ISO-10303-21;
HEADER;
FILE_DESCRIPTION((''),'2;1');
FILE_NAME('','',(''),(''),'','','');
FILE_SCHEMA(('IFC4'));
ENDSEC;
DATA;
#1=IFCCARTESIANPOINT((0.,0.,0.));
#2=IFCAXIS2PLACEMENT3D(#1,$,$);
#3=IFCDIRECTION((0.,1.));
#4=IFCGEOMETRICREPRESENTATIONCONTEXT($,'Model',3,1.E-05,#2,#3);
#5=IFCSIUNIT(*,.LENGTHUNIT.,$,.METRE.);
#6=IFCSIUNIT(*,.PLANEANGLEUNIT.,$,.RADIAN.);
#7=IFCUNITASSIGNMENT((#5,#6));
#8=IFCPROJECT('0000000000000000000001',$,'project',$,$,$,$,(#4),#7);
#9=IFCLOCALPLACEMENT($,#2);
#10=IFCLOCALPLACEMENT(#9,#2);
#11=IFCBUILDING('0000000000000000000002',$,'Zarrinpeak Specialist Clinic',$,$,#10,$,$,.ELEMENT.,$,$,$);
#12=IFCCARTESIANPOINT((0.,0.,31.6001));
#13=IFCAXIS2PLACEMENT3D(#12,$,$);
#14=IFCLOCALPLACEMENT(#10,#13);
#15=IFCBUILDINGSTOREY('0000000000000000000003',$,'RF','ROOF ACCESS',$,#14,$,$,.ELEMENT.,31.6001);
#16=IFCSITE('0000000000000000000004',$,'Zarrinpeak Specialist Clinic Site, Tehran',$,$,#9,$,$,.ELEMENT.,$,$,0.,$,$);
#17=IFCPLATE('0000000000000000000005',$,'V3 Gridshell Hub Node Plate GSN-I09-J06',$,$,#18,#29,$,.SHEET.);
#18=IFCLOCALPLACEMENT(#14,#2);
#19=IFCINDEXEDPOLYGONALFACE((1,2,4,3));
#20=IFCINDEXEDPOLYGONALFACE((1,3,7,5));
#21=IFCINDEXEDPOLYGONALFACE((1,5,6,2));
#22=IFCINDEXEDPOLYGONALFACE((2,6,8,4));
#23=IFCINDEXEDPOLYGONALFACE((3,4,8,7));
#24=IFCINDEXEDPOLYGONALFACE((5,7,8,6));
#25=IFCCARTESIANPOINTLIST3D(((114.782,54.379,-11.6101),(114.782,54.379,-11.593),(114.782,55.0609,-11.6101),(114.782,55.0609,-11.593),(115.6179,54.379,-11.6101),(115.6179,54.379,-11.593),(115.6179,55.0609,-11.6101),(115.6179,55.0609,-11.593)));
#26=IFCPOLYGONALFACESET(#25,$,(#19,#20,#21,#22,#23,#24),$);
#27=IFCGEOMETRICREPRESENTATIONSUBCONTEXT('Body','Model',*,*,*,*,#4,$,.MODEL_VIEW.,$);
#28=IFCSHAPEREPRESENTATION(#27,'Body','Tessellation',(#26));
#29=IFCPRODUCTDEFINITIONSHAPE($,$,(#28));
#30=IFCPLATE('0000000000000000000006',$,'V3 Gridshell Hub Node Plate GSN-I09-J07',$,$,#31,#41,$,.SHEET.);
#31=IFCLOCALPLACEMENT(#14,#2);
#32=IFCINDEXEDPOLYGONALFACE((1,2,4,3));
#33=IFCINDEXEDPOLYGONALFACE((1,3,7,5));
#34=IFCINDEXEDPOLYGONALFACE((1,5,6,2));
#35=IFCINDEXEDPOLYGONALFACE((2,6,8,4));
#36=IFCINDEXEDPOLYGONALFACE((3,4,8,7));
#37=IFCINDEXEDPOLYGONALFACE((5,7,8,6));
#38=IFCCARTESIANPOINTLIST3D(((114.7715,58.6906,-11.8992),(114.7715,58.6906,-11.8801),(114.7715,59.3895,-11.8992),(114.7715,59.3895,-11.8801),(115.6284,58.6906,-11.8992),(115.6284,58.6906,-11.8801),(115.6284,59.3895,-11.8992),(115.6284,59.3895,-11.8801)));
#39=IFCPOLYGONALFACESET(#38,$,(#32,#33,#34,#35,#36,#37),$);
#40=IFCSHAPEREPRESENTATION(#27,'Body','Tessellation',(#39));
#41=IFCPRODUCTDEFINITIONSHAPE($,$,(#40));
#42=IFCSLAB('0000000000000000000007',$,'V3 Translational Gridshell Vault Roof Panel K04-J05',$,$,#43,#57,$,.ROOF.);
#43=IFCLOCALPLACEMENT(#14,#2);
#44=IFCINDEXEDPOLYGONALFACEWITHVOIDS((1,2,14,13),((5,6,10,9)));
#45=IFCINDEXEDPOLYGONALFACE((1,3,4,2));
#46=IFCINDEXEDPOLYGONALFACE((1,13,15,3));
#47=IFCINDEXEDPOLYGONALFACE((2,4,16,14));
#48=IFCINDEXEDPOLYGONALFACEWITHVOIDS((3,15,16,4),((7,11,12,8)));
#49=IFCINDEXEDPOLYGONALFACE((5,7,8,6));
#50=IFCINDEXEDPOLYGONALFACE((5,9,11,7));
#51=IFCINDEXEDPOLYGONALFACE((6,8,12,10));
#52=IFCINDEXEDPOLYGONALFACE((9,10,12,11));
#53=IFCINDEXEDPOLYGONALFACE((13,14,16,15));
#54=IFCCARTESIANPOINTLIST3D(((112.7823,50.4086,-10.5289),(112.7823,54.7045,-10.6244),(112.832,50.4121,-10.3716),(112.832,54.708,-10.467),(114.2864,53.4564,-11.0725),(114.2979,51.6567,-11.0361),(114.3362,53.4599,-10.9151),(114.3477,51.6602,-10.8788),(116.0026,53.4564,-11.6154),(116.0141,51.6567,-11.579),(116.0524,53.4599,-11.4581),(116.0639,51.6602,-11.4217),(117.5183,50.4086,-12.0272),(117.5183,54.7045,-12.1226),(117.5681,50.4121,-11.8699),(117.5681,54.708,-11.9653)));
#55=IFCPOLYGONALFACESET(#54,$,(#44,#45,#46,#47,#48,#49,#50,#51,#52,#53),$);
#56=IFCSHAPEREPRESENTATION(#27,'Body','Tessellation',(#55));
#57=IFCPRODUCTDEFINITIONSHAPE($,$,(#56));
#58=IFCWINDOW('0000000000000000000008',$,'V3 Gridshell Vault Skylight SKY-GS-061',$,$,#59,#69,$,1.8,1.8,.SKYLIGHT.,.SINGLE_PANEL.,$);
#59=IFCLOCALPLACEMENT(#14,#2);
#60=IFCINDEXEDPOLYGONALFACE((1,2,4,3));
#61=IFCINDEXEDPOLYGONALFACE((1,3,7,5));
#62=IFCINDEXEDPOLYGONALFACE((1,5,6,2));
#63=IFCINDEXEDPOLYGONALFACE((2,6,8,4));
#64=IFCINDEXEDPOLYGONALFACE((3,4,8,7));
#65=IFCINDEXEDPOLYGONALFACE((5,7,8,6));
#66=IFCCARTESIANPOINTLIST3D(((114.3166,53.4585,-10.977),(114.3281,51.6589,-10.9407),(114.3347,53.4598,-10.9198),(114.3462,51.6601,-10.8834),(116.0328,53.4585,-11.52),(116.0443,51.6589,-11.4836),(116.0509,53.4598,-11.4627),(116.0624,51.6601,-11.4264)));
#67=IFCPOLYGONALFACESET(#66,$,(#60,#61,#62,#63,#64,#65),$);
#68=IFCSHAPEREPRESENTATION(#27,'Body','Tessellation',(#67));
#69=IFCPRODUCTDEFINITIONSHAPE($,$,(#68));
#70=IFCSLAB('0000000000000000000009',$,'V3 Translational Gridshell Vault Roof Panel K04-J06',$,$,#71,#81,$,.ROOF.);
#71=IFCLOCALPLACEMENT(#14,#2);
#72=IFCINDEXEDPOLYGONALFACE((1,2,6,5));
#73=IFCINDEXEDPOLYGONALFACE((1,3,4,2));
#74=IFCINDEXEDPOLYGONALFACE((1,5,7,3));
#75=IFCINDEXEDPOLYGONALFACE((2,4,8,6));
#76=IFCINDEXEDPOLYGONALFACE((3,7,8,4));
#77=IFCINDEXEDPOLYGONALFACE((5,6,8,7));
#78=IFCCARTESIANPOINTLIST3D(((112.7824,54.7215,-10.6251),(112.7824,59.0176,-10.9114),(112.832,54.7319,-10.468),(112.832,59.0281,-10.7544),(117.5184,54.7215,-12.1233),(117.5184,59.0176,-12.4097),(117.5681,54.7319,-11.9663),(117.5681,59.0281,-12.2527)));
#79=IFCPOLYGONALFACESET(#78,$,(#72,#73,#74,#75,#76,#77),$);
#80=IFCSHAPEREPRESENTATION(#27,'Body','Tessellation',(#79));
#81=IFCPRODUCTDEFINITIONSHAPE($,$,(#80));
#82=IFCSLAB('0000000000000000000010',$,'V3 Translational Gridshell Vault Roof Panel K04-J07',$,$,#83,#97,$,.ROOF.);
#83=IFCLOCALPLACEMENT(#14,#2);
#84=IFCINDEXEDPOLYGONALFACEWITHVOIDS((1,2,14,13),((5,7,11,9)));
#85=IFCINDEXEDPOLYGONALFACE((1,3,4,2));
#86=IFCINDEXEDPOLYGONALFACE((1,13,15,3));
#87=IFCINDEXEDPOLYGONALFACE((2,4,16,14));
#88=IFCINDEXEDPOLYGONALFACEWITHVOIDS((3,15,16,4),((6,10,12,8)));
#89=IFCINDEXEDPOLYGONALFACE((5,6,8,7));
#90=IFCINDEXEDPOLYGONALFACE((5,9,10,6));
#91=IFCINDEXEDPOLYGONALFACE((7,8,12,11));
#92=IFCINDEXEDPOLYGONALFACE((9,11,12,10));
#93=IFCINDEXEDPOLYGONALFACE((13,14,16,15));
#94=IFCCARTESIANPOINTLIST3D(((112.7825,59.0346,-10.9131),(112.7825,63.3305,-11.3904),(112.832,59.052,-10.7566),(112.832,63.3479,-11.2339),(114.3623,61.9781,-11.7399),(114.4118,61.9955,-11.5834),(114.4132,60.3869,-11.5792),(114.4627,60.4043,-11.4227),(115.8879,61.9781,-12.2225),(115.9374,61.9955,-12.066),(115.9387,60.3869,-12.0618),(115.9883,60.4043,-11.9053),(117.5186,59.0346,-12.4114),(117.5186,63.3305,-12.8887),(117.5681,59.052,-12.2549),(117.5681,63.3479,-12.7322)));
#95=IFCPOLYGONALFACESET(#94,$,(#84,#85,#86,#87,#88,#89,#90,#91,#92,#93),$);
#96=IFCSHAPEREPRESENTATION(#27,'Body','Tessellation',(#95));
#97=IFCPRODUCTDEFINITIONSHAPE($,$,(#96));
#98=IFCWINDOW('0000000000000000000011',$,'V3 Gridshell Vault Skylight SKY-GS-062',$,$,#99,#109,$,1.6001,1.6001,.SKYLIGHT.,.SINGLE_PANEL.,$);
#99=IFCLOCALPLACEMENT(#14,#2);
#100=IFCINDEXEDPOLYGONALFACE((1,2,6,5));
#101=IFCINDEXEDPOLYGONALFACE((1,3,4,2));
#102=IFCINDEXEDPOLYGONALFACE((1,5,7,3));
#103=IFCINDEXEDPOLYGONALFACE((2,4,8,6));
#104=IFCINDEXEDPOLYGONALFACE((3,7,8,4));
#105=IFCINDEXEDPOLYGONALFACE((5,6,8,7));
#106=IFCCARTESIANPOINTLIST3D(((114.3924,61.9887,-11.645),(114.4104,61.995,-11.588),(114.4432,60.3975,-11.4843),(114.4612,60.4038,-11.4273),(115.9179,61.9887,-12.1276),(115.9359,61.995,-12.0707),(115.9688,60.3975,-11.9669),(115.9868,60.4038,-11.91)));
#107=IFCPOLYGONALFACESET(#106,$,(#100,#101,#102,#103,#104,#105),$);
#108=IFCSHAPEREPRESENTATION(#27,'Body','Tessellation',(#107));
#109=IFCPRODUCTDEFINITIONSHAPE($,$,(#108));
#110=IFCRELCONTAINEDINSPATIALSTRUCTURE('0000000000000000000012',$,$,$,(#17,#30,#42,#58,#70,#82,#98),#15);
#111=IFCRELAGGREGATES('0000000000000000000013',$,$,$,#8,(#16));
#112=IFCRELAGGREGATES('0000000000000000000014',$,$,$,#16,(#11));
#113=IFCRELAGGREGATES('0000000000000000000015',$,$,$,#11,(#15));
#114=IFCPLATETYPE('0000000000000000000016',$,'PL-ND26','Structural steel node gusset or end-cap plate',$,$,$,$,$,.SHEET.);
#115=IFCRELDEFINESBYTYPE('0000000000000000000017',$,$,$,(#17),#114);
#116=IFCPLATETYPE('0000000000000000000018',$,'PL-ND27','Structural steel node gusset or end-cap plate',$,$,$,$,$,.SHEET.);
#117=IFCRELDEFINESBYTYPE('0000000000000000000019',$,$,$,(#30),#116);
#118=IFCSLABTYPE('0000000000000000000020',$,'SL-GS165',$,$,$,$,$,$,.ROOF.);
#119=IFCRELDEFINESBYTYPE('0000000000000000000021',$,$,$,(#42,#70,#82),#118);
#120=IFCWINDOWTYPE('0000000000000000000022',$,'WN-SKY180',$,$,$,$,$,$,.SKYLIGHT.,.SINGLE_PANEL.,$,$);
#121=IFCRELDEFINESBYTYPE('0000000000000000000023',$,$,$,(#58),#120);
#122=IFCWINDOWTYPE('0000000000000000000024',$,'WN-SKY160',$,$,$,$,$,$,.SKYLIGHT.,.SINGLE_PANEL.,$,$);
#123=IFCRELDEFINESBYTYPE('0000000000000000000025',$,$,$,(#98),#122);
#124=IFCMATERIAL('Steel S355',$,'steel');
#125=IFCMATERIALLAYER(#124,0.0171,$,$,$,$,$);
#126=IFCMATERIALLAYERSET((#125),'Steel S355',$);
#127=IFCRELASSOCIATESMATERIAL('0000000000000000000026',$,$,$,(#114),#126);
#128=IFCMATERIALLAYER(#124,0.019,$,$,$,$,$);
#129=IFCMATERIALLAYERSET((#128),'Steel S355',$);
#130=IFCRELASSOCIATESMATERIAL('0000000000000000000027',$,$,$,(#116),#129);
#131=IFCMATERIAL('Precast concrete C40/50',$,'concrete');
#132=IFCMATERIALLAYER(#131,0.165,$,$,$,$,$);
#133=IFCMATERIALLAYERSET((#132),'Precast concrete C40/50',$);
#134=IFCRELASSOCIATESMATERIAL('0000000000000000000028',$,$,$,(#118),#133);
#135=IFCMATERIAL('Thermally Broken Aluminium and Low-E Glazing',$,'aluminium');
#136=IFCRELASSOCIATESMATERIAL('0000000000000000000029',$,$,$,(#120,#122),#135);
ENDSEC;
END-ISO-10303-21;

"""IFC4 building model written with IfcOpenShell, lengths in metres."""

from ifc_helpers import new_model, si_unit, direction, frame, origin, origin_2d, place, context, subcontext, project, spatial, polyline, rectangle, outline, extrude, material, layer, layer_set, type_object, element, fill, save


model = new_model("IFC4")

# Units and contexts
model_context = context("Model", 3, precision=1e-05, world=origin(), true_north=direction((0.0, 1.0)))
body_context = subcontext(model_context, "Body", "Model", "MODEL_VIEW")
ifc_project = project(units=[si_unit("LENGTHUNIT", "METRE"), si_unit("PLANEANGLEUNIT", "RADIAN")], contexts=[model_context])

# Site, building, storey
site_placement = place(None, origin())
site = spatial("IfcSite", under=ifc_project, at=site_placement, Name="Zarrinpeak Specialist Clinic Site, Tehran", CompositionType="ELEMENT", RefElevation=0.0)
building_placement = place(site_placement, origin())
building = spatial("IfcBuilding", under=site, at=building_placement, Name="Zarrinpeak Specialist Clinic", CompositionType="ELEMENT")
storey_placement = place(building_placement, frame((0.0, 0.0, 31.6001)))
storey = spatial("IfcBuildingStorey", under=building, at=storey_placement, Name="RF", Description="ROOF ACCESS", CompositionType="ELEMENT", Elevation=31.6001)

# Shared definitions
ifc_material_1 = material(Name="Steel S355", Category="steel")

# Plates
ifc_layer_1 = layer(ifc_material_1, 0.0171)
ifc_layer_set_1 = layer_set([ifc_layer_1], Name="Steel S355")
plate_type_1 = type_object("IfcPlateType", Name="PL-ND26", Description="Structural steel node gusset or end-cap plate", PredefinedType="SHEET", material=ifc_layer_set_1)
plate_1_placement = place(storey_placement, frame((115.2, 54.72, -11.6101), z_axis=(0.0, 0.0, 1.0), x_axis=(1.0, 0.0, 0.0)))
element("IfcPlate", 1, at=plate_1_placement, inside=storey, type_object=plate_type_1, Name="V3 Gridshell Hub Node Plate GSN-I09-J06", PredefinedType="SHEET", context=body_context, shape_type="SweptSolid", body=[
    extrude(rectangle(XDim=0.8359, YDim=0.6819, at=origin_2d()), origin(), (0.0, 0.0, 1.0), 0.0171),
])
ifc_layer_2 = layer(ifc_material_1, 0.019)
ifc_layer_set_2 = layer_set([ifc_layer_2], Name="Steel S355")
plate_type_2 = type_object("IfcPlateType", Name="PL-ND27", Description="Structural steel node gusset or end-cap plate", PredefinedType="SHEET", material=ifc_layer_set_2)
plate_2_placement = place(storey_placement, frame((115.2, 59.04, -11.8992), z_axis=(0.0, 0.0, 1.0), x_axis=(1.0, 0.0, 0.0)))
element("IfcPlate", 2, at=plate_2_placement, inside=storey, type_object=plate_type_2, Name="V3 Gridshell Hub Node Plate GSN-I09-J07", PredefinedType="SHEET", context=body_context, shape_type="SweptSolid", body=[
    extrude(rectangle(XDim=0.8569, YDim=0.699, at=origin_2d()), origin(), (0.0, 0.0, 1.0), 0.019),
])

# Slab, opening, window
ifc_material_2 = material(Name="Precast concrete C40/50", Category="concrete")
ifc_layer_3 = layer(ifc_material_2, 0.165)
ifc_layer_set_3 = layer_set([ifc_layer_3], Name="Precast concrete C40/50")
slab_type = type_object("IfcSlabType", Name="SL-GS165", PredefinedType="ROOF", material=ifc_layer_set_3)
slab_1_placement = place(storey_placement, frame((112.832, 50.4121, -10.3716), z_axis=(0.301555, 0.021181, 0.953213), x_axis=(0.953427, 0.0, -0.301623)))
slab_1 = element("IfcSlab", 3, at=slab_1_placement, inside=storey, type_object=slab_type, Name="V3 Translational Gridshell Vault Roof Panel K04-J05", PredefinedType="ROOF", context=body_context, shape_type="SweptSolid", body=[
    extrude(outline(polyline([(0.0, 0.0), (4.9674, 0.0), (4.9962, 4.2969), (0.0288, 4.2969), (0.0, 0.0)])), origin(), (0.0, 0.0, -1.0), 0.165),
])
opening_1_placement = place(slab_1_placement, frame((2.498, 2.1484, 0.0)))
opening_1 = element("IfcOpeningElement", 4, at=opening_1_placement, cuts=slab_1, PredefinedType="OPENING", context=body_context, shape_type="SweptSolid", body=[
    extrude(rectangle(XDim=1.8, YDim=1.8, at=origin_2d()), frame((0.0, 0.0, 0.01), z_axis=(0.0, 0.0, 1.0), x_axis=(1.0, 0.0, 0.0)), (0.0, 0.0, -1.0), 0.1851),
])
ifc_material_3 = material(Name="Thermally Broken Aluminium and Low-E Glazing", Category="aluminium")
window_type_1 = type_object("IfcWindowType", Name="WN-SKY180", PartitioningType="SINGLE_PANEL", PredefinedType="SKYLIGHT", material=ifc_material_3)
window_1_placement = place(opening_1_placement, frame((0.0, 0.0, -0.0049)))
window_1 = element("IfcWindow", 5, at=window_1_placement, inside=storey, type_object=window_type_1, Name="V3 Gridshell Vault Skylight SKY-GS-061", OverallHeight=1.8, OverallWidth=1.8, PartitioningType="SINGLE_PANEL", PredefinedType="SKYLIGHT", context=body_context, shape_type="SweptSolid", body=[
    extrude(rectangle(XDim=1.8, YDim=1.8, at=origin_2d()), origin(), (0.0, 0.0, -1.0), 0.0601),
])
fill(opening_1, window_1)

# Slab
slab_2_placement = place(storey_placement, frame((112.832, 54.7319, -10.468), z_axis=(0.301016, 0.063427, 0.951508), x_axis=(0.953427, 0.0, -0.301623)))
element("IfcSlab", 6, at=slab_2_placement, inside=storey, type_object=slab_type, Name="V3 Translational Gridshell Vault Roof Panel K04-J06", PredefinedType="ROOF", context=body_context, shape_type="SweptSolid", body=[
    extrude(outline(polyline([(0.0, 0.0), (4.9674, 0.0), (5.0538, 4.3048), (0.0864, 4.3048), (0.0, 0.0)])), origin(), (0.0, 0.0, -1.0), 0.165),
])

# Slab, opening, window
slab_3_placement = place(storey_placement, frame((112.832, 59.052, -10.7566), z_axis=(0.299945, 0.105341, 0.948123), x_axis=(0.953427, 0.0, -0.301623)))
slab_3 = element("IfcSlab", 7, at=slab_3_placement, inside=storey, type_object=slab_type, Name="V3 Translational Gridshell Vault Roof Panel K04-J07", PredefinedType="ROOF", context=body_context, shape_type="SweptSolid", body=[
    extrude(outline(polyline([(0.0, 0.0), (4.9674, 0.0), (5.1114, 4.3199), (0.144, 4.3199), (0.0, 0.0)])), origin(), (0.0, 0.0, -1.0), 0.165),
])
opening_2_placement = place(slab_3_placement, frame((2.5557, 2.1599, 0.0)))
opening_2 = element("IfcOpeningElement", 8, at=opening_2_placement, cuts=slab_3, PredefinedType="OPENING", context=body_context, shape_type="SweptSolid", body=[
    extrude(rectangle(XDim=1.6001, YDim=1.6001, at=origin_2d()), frame((0.0, 0.0, 0.01), z_axis=(0.0, 0.0, 1.0), x_axis=(1.0, 0.0, 0.0)), (0.0, 0.0, -1.0), 0.1851),
])
window_type_2 = type_object("IfcWindowType", Name="WN-SKY160", PartitioningType="SINGLE_PANEL", PredefinedType="SKYLIGHT", material=ifc_material_3)
window_2_placement = place(opening_2_placement, frame((0.0, 0.0, -0.0049)))
window_2 = element("IfcWindow", 9, at=window_2_placement, inside=storey, type_object=window_type_2, Name="V3 Gridshell Vault Skylight SKY-GS-062", OverallHeight=1.6001, OverallWidth=1.6001, PartitioningType="SINGLE_PANEL", PredefinedType="SKYLIGHT", context=body_context, shape_type="SweptSolid", body=[
    extrude(rectangle(XDim=1.6001, YDim=1.6001, at=origin_2d()), origin(), (0.0, 0.0, -1.0), 0.0601),
])
fill(opening_2, window_2)

save(model, "model.ifc")
